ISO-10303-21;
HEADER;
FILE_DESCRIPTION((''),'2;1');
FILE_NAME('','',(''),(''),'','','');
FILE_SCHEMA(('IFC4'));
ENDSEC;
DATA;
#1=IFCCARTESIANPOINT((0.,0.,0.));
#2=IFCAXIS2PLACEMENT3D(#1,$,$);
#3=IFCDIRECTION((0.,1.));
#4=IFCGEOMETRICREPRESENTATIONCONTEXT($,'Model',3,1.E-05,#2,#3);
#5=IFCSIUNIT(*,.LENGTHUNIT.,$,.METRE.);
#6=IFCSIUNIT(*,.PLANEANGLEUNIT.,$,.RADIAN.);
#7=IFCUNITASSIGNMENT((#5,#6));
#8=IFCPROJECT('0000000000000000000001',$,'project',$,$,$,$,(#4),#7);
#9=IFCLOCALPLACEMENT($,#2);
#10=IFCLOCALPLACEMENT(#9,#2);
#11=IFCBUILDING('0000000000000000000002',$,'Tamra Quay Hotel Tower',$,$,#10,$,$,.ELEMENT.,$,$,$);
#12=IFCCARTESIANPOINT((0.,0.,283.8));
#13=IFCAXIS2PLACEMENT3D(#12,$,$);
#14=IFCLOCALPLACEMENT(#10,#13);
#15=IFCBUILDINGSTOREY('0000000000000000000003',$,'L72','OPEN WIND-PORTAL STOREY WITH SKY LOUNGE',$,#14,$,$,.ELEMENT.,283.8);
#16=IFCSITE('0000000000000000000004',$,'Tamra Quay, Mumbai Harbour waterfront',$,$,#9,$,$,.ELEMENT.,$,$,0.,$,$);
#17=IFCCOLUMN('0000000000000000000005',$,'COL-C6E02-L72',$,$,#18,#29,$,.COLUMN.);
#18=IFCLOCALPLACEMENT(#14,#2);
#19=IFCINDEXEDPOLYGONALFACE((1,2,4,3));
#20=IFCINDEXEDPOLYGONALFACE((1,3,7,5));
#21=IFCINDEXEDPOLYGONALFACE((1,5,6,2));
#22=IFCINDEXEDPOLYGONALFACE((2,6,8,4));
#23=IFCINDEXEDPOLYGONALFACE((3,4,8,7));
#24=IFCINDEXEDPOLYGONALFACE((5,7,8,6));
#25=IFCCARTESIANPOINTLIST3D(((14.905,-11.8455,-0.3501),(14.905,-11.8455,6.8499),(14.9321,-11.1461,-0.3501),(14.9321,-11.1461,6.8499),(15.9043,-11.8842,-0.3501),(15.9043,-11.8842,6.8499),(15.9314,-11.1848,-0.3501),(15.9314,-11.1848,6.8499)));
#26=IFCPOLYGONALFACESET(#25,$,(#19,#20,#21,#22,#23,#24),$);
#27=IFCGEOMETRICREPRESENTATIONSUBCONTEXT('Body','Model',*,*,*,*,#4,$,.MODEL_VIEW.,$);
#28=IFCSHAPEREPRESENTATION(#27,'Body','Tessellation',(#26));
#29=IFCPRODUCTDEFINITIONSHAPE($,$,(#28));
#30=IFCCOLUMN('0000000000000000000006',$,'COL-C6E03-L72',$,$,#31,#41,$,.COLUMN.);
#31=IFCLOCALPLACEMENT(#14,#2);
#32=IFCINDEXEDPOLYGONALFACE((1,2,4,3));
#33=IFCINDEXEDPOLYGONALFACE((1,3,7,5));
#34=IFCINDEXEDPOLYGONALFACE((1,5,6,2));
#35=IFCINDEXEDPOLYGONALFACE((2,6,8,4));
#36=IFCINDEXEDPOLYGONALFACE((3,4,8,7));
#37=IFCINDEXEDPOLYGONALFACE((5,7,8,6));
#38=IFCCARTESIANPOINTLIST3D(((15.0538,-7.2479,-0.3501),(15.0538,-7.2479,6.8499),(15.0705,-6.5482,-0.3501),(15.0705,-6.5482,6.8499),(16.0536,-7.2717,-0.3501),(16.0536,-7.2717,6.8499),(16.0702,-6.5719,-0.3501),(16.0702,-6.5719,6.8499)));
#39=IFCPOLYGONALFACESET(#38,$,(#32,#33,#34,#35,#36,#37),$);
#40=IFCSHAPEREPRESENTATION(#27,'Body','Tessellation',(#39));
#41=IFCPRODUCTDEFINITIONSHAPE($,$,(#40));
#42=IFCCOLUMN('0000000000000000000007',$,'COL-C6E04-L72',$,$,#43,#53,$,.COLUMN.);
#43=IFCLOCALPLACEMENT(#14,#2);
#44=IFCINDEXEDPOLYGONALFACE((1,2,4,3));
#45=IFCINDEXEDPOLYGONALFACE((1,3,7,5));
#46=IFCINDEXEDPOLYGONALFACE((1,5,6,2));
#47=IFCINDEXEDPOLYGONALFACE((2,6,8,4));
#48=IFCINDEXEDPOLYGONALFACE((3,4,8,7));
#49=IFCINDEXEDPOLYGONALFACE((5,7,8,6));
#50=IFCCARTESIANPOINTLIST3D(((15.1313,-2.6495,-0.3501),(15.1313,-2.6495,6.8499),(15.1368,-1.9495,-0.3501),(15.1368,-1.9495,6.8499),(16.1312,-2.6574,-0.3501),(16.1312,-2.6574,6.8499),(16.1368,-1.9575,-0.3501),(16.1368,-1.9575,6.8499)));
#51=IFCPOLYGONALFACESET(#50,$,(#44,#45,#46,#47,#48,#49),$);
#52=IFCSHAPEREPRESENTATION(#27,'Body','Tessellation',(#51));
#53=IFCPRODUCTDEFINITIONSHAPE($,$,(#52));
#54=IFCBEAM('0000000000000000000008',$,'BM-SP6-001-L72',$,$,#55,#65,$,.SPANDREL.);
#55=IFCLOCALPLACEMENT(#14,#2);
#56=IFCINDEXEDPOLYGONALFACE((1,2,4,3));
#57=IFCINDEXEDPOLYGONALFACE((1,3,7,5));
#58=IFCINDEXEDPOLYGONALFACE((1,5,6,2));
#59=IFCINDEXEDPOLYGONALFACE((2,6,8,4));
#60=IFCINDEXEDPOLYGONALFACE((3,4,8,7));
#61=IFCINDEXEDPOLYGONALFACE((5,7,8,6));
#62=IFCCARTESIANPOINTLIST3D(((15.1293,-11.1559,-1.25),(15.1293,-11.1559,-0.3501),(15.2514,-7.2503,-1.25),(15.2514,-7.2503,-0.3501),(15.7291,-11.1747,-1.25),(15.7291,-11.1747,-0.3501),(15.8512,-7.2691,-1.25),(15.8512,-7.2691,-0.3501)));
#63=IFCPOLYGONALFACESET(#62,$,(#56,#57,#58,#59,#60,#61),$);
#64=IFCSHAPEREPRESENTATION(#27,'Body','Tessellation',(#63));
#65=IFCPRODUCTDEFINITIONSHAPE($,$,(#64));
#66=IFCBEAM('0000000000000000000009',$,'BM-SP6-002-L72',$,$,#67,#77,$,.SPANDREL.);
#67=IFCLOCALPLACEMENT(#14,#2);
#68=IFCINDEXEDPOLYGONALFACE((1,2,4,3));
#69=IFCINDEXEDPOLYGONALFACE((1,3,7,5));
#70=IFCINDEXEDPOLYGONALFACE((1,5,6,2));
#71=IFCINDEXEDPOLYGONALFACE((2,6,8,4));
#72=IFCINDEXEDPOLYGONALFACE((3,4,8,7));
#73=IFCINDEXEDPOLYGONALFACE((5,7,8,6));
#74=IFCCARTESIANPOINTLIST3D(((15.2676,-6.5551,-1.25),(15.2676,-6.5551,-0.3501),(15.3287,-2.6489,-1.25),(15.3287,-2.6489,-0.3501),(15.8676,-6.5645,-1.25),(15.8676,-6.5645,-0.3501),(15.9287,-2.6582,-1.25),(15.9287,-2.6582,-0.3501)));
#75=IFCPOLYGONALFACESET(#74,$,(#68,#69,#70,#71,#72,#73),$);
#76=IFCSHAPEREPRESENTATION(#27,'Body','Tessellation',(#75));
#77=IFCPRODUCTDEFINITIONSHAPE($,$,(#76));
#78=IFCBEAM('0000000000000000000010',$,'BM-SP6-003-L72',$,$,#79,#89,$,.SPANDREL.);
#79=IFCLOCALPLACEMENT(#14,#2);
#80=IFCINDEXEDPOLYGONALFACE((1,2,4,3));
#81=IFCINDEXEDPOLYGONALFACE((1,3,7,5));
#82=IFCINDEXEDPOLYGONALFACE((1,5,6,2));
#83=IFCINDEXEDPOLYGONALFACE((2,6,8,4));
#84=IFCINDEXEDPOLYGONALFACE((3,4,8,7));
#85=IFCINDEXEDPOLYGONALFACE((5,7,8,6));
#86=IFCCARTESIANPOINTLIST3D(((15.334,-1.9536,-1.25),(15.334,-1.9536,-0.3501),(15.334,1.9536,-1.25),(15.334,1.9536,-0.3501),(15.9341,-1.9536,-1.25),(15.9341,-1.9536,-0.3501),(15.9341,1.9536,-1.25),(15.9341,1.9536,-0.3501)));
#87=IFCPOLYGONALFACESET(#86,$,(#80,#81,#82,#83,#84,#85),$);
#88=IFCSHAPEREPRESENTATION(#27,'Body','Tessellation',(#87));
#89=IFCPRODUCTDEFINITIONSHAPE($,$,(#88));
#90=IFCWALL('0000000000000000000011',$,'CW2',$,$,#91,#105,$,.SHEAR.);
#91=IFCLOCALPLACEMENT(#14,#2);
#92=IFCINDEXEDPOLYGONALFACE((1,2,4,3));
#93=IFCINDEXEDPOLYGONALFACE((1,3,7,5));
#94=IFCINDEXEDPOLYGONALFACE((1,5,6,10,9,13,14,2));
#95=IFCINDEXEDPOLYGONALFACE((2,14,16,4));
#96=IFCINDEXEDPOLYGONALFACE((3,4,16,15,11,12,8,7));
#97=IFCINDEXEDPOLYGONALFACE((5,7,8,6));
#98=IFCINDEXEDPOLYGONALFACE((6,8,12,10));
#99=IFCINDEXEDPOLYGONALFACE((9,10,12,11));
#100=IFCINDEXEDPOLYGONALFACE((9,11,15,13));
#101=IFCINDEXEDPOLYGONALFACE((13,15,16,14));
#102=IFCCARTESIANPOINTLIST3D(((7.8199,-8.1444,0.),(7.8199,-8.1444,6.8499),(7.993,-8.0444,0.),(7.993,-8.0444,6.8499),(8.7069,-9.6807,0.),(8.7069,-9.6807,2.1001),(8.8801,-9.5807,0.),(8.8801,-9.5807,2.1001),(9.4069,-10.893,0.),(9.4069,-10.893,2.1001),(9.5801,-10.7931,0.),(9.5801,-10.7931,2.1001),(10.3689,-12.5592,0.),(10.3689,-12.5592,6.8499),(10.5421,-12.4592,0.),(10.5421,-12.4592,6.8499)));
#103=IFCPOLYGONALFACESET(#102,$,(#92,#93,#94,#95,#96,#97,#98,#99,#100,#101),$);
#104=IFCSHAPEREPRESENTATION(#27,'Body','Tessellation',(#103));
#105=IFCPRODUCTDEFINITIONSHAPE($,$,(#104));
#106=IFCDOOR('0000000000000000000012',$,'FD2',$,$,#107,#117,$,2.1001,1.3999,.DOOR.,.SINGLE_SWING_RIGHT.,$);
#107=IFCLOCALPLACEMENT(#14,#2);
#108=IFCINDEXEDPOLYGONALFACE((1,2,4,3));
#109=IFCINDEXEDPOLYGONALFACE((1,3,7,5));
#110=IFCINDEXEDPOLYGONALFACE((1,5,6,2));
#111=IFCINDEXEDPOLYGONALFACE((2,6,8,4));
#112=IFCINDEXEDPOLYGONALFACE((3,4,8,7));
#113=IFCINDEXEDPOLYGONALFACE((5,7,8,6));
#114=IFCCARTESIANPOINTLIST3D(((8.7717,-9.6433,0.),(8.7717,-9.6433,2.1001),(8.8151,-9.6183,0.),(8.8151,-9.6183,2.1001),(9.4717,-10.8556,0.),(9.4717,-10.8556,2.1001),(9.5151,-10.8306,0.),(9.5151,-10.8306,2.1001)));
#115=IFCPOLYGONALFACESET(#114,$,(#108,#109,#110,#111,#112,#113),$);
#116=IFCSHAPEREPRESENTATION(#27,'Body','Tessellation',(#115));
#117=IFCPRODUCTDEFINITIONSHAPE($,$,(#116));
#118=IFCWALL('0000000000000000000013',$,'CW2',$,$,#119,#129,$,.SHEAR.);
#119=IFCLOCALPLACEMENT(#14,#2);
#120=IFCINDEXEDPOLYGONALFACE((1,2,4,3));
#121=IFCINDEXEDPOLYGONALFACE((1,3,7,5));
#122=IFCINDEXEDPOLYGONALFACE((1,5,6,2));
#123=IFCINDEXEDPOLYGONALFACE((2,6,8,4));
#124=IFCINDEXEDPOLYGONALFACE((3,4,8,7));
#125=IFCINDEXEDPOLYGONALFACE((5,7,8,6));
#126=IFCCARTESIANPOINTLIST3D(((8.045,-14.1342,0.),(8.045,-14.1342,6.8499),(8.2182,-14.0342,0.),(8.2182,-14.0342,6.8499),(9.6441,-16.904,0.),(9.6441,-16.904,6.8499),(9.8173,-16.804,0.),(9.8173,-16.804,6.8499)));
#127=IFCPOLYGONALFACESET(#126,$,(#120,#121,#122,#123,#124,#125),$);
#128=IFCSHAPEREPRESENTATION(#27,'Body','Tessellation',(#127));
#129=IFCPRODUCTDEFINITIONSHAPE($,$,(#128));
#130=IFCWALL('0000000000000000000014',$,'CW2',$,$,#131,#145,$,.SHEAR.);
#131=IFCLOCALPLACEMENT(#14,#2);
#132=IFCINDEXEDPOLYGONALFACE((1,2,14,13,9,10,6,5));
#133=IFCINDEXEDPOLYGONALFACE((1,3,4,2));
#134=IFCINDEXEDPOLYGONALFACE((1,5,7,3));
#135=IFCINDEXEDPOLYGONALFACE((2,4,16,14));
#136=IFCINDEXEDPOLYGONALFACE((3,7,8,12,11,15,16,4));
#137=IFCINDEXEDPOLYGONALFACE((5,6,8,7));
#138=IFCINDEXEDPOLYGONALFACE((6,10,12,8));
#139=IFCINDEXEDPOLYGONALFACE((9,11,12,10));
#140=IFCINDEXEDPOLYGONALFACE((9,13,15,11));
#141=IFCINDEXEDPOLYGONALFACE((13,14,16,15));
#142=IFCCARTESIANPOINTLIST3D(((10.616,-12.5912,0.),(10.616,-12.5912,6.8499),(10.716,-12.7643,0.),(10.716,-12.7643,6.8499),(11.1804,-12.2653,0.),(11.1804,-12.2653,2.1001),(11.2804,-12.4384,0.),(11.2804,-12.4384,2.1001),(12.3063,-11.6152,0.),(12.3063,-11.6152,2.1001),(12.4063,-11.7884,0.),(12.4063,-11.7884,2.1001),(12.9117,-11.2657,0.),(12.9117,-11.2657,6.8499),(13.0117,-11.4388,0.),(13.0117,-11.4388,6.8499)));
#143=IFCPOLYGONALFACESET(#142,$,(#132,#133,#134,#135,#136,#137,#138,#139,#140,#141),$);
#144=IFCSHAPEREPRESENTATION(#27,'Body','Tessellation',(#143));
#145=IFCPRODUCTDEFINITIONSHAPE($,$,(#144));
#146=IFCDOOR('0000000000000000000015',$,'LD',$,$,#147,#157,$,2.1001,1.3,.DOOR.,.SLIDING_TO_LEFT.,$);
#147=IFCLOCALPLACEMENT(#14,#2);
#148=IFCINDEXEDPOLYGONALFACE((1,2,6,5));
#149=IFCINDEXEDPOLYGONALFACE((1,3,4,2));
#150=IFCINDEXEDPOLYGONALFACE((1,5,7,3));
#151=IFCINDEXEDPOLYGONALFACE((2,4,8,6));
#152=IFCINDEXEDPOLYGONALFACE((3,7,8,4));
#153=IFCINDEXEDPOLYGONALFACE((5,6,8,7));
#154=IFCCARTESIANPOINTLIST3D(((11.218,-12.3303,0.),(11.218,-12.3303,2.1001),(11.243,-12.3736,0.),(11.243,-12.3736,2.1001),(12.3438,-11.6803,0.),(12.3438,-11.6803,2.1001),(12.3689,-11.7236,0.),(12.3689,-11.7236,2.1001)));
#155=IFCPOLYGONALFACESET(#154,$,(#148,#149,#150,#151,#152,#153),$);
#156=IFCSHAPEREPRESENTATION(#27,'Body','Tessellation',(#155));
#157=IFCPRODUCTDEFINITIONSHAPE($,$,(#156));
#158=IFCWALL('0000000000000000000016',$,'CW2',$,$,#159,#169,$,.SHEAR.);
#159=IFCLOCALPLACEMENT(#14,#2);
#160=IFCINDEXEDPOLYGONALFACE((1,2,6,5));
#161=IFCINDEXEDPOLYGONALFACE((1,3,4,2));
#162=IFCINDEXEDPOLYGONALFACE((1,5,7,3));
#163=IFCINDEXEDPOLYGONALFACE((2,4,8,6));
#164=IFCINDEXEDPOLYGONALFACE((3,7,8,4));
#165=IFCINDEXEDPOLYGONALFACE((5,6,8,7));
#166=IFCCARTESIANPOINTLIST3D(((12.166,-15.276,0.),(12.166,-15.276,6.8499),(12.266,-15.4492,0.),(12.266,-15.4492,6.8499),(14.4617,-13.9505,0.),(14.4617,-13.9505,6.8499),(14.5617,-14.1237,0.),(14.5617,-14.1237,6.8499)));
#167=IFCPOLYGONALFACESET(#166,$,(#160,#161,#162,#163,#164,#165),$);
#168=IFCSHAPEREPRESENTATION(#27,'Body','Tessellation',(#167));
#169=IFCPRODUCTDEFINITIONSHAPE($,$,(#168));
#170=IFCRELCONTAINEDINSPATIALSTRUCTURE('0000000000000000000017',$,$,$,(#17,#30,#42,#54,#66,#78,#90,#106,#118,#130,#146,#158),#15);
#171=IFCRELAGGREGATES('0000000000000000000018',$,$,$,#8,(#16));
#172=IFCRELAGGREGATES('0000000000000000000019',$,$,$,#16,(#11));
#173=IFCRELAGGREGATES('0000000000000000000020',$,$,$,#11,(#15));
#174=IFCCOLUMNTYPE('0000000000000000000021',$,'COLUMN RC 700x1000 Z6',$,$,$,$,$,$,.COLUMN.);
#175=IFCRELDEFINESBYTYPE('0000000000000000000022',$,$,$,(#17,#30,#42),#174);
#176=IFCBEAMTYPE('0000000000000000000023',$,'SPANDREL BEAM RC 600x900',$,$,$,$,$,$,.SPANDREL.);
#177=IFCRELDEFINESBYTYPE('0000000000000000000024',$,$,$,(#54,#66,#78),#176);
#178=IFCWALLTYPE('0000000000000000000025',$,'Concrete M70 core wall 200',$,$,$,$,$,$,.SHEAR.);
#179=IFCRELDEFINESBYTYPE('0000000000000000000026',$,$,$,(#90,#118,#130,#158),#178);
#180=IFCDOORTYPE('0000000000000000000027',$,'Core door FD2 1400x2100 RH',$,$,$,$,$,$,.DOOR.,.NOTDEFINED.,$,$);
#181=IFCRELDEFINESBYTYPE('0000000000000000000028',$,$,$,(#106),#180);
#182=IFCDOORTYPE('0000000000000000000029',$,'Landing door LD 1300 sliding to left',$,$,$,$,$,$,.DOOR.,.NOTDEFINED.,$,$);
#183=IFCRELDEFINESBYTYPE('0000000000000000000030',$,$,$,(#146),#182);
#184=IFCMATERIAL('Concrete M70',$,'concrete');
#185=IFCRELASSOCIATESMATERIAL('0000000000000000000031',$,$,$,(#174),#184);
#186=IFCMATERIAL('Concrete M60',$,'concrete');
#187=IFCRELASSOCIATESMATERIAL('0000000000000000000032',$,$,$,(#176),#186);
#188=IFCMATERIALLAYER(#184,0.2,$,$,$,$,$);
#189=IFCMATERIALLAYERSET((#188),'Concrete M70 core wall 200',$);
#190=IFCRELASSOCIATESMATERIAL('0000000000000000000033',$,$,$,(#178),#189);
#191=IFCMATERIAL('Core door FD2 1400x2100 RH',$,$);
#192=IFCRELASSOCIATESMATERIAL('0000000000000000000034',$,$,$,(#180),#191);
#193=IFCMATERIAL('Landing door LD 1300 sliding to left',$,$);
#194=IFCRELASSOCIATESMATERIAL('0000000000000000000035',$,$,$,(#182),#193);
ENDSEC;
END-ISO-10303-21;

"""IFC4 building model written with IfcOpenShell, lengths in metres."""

from ifc_helpers import new_model, si_unit, direction, frame, frame_2d, origin, origin_2d, place, context, subcontext, project, spatial, rectangle, extrude, material, layer, layer_set, material_profile, profile_set, type_object, element, fill, save


model = new_model("IFC4")

# Units and contexts
model_context = context("Model", 3, precision=1e-05, world=origin(), true_north=direction((0.0, 1.0)))
body_context = subcontext(model_context, "Body", "Model", "MODEL_VIEW")
ifc_project = project(units=[si_unit("LENGTHUNIT", "METRE"), si_unit("PLANEANGLEUNIT", "RADIAN")], contexts=[model_context])

# Site, building, storey
site_placement = place(None, origin())
site = spatial("IfcSite", under=ifc_project, at=site_placement, Name="Tamra Quay, Mumbai Harbour waterfront", CompositionType="ELEMENT", RefElevation=0.0)
building_placement = place(site_placement, origin())
building = spatial("IfcBuilding", under=site, at=building_placement, Name="Tamra Quay Hotel Tower", CompositionType="ELEMENT")
storey_placement = place(building_placement, frame((0.0, 0.0, 283.8)))
storey = spatial("IfcBuildingStorey", under=building, at=storey_placement, Name="L72", Description="OPEN WIND-PORTAL STOREY WITH SKY LOUNGE", CompositionType="ELEMENT", Elevation=283.8)

# Columns
ifc_material_1 = material(Name="Concrete M70", Category="concrete")
ifc_material_profile_1 = material_profile(ifc_material_1, rectangle(XDim=1.0, YDim=0.7, at=origin_2d()), Name="COLUMN RC 700x1000 Z6")
ifc_profile_set_1 = profile_set([ifc_material_profile_1], Name="Concrete M70")
column_type = type_object("IfcColumnType", Name="COLUMN RC 700x1000 Z6", PredefinedType="COLUMN", material=ifc_profile_set_1)
for number, where, z_axis, x_axis, name in (
    (1, (15.4182, -11.5151, -0.3501), (0.0, 0.0, 1.0), (-0.999251, 0.038691, 0.0), "COL-C6E02-L72"),
    (2, (15.562, -6.9099, -0.3501), (0.0, 0.0, 1.0), (-0.999718, 0.023753, 0.0), "COL-C6E03-L72"),
    (3, (15.634, -2.3035, -0.3501), (0.0, 0.0, 1.0), (-0.999969, 0.00792, 0.0), "COL-C6E04-L72"),
):
    element("IfcColumn", number, at=place(storey_placement, frame(where, z_axis=z_axis, x_axis=x_axis)), inside=storey, type_object=column_type, Name=name, PredefinedType="COLUMN", context=body_context, shape_type="SweptSolid", body=[
        extrude(rectangle(XDim=1.0, YDim=0.7, at=origin_2d()), origin(), (0.0, 0.0, 1.0), 7.2),
    ])

# Beams
ifc_material_2 = material(Name="Concrete M60", Category="concrete")
ifc_material_profile_2 = material_profile(ifc_material_2, rectangle(XDim=0.6001, YDim=0.8999, at=origin_2d()), Name="SPANDREL BEAM RC 600x900")
ifc_profile_set_2 = profile_set([ifc_material_profile_2], Name="Concrete M60")
beam_type = type_object("IfcBeamType", Name="SPANDREL BEAM RC 600x900", PredefinedType="SPANDREL", material=ifc_profile_set_2)
beam_1_placement = place(storey_placement, frame((15.4292, -11.1653, -0.8), z_axis=(0.031241, 0.999512, 0.0), x_axis=(-0.999512, 0.031241, 0.0)))
element("IfcBeam", 4, at=beam_1_placement, inside=storey, type_object=beam_type, Name="BM-SP6-001-L72", PredefinedType="SPANDREL", context=body_context, shape_type="SweptSolid", body=[
    extrude(rectangle(XDim=0.6001, YDim=0.8999, at=origin_2d()), origin(), (0.0, 0.0, 1.0), 3.9075),
])
beam_2_placement = place(storey_placement, frame((15.5676, -6.5598, -0.8), z_axis=(0.015623, 0.999878, 0.0), x_axis=(-0.999878, 0.015623, 0.0)))
element("IfcBeam", 5, at=beam_2_placement, inside=storey, type_object=beam_type, Name="BM-SP6-002-L72", PredefinedType="SPANDREL", context=body_context, shape_type="SweptSolid", body=[
    extrude(rectangle(XDim=0.6001, YDim=0.8999, at=origin_2d()), origin(), (0.0, 0.0, 1.0), 3.9067),
])
beam_3_placement = place(storey_placement, frame((15.634, -1.9536, -0.8), z_axis=(0.0, 1.0, 0.0), x_axis=(-1.0, 0.0, 0.0)))
element("IfcBeam", 6, at=beam_3_placement, inside=storey, type_object=beam_type, Name="BM-SP6-003-L72", PredefinedType="SPANDREL", context=body_context, shape_type="SweptSolid", body=[
    extrude(rectangle(XDim=0.6001, YDim=0.8999, at=origin_2d()), origin(), (0.0, 0.0, 1.0), 3.9072),
])

# Wall, opening, door
ifc_layer_1 = layer(ifc_material_1, 0.2)
ifc_layer_set_1 = layer_set([ifc_layer_1], Name="Concrete M70 core wall 200")
wall_type_1 = type_object("IfcWallType", Name="Concrete M70 core wall 200", PredefinedType="SHEAR", material=ifc_layer_set_1)
wall_1_placement = place(storey_placement, frame((7.9065, -8.0945, 0.0), z_axis=(0.0, 0.0, 1.0), x_axis=(0.500028, -0.866009, 0.0)))
wall_1 = element("IfcWall", 7, at=wall_1_placement, inside=storey, type_object=wall_type_1, Name="CW2", PredefinedType="SHEAR", context=body_context, shape_type="SweptSolid", body=[
    extrude(rectangle(XDim=5.0979, YDim=0.2, at=frame_2d((2.5488, 0.0))), origin(), (0.0, 0.0, 1.0), 6.8499),
])
opening_1_placement = place(wall_1_placement, frame((1.7739, 0.0, 0.0)))
opening_1 = element("IfcOpeningElement", 8, at=opening_1_placement, cuts=wall_1, PredefinedType="OPENING", context=body_context, shape_type="SweptSolid", body=[
    extrude(rectangle(XDim=1.3999, YDim=2.1001, at=frame_2d((0.7, 1.05))), frame((0.0, 0.1099, 0.0), z_axis=(0.0, -1.0, 0.0), x_axis=(1.0, 0.0, 0.0)), (0.0, 0.0, 1.0), 0.22),
])
ifc_material_3 = material(Name="Core door FD2 1400x2100 RH")
door_type_1 = type_object("IfcDoorType", Name="Core door FD2 1400x2100 RH", OperationType="NOTDEFINED", PredefinedType="DOOR", material=ifc_material_3)
door_1_placement = place(opening_1_placement, origin())
door_1 = element("IfcDoor", 9, at=door_1_placement, inside=storey, type_object=door_type_1, Name="FD2", OperationType="SINGLE_SWING_RIGHT", OverallHeight=2.1001, OverallWidth=1.3999, PredefinedType="DOOR", context=body_context, shape_type="SweptSolid", body=[
    extrude(rectangle(XDim=1.3999, YDim=2.1001, at=frame_2d((0.7, 1.05))), frame((0.0, 0.0249, 0.0), z_axis=(0.0, -1.0, 0.0), x_axis=(1.0, 0.0, 0.0)), (0.0, 0.0, 1.0), 0.05),
])
fill(opening_1, door_1)

# Wall
wall_2_placement = place(storey_placement, frame((8.1316, -14.0842, 0.0), z_axis=(0.0, 0.0, 1.0), x_axis=(0.499998, -0.866027, 0.0)))
element("IfcWall", 10, at=wall_2_placement, inside=storey, type_object=wall_type_1, Name="CW2", PredefinedType="SHEAR", context=body_context, shape_type="SweptSolid", body=[
    extrude(rectangle(XDim=3.1982, YDim=0.2, at=frame_2d((1.5991, 0.0))), origin(), (0.0, 0.0, 1.0), 6.8499),
])

# Wall, opening, door
wall_3_placement = place(storey_placement, frame((10.666, -12.6777, 0.0), z_axis=(0.0, 0.0, 1.0), x_axis=(0.866018, 0.500012, 0.0)))
wall_3 = element("IfcWall", 11, at=wall_3_placement, inside=storey, type_object=wall_type_1, Name="CW2", PredefinedType="SHEAR", context=body_context, shape_type="SweptSolid", body=[
    extrude(rectangle(XDim=2.6509, YDim=0.2, at=frame_2d((1.3254, 0.0))), origin(), (0.0, 0.0, 1.0), 6.8499),
])
opening_2_placement = place(wall_3_placement, frame((0.6519, 0.0, 0.0)))
opening_2 = element("IfcOpeningElement", 12, at=opening_2_placement, cuts=wall_3, PredefinedType="OPENING", context=body_context, shape_type="SweptSolid", body=[
    extrude(rectangle(XDim=1.3, YDim=2.1001, at=frame_2d((0.6499, 1.05))), frame((0.0, 0.1099, 0.0), z_axis=(0.0, -1.0, 0.0), x_axis=(1.0, 0.0, 0.0)), (0.0, 0.0, 1.0), 0.22),
])
ifc_material_4 = material(Name="Landing door LD 1300 sliding to left")
door_type_2 = type_object("IfcDoorType", Name="Landing door LD 1300 sliding to left", OperationType="NOTDEFINED", PredefinedType="DOOR", material=ifc_material_4)
door_2_placement = place(opening_2_placement, origin())
door_2 = element("IfcDoor", 13, at=door_2_placement, inside=storey, type_object=door_type_2, Name="LD", OperationType="SLIDING_TO_LEFT", OverallHeight=2.1001, OverallWidth=1.3, PredefinedType="DOOR", context=body_context, shape_type="SweptSolid", body=[
    extrude(rectangle(XDim=1.3, YDim=2.1001, at=frame_2d((0.6499, 1.05))), frame((0.0, 0.0249, 0.0), z_axis=(0.0, -1.0, 0.0), x_axis=(1.0, 0.0, 0.0)), (0.0, 0.0, 1.0), 0.05),
])
fill(opening_2, door_2)

# Wall
wall_4_placement = place(storey_placement, frame((14.5117, -14.0371, 0.0), z_axis=(0.0, 0.0, 1.0), x_axis=(-0.866018, -0.500012, 0.0)))
element("IfcWall", 14, at=wall_4_placement, inside=storey, type_object=wall_type_1, Name="CW2", PredefinedType="SHEAR", context=body_context, shape_type="SweptSolid", body=[
    extrude(rectangle(XDim=2.6509, YDim=0.2, at=frame_2d((1.3254, 0.0))), origin(), (0.0, 0.0, 1.0), 6.8499),
])

save(model, "model.ifc")
